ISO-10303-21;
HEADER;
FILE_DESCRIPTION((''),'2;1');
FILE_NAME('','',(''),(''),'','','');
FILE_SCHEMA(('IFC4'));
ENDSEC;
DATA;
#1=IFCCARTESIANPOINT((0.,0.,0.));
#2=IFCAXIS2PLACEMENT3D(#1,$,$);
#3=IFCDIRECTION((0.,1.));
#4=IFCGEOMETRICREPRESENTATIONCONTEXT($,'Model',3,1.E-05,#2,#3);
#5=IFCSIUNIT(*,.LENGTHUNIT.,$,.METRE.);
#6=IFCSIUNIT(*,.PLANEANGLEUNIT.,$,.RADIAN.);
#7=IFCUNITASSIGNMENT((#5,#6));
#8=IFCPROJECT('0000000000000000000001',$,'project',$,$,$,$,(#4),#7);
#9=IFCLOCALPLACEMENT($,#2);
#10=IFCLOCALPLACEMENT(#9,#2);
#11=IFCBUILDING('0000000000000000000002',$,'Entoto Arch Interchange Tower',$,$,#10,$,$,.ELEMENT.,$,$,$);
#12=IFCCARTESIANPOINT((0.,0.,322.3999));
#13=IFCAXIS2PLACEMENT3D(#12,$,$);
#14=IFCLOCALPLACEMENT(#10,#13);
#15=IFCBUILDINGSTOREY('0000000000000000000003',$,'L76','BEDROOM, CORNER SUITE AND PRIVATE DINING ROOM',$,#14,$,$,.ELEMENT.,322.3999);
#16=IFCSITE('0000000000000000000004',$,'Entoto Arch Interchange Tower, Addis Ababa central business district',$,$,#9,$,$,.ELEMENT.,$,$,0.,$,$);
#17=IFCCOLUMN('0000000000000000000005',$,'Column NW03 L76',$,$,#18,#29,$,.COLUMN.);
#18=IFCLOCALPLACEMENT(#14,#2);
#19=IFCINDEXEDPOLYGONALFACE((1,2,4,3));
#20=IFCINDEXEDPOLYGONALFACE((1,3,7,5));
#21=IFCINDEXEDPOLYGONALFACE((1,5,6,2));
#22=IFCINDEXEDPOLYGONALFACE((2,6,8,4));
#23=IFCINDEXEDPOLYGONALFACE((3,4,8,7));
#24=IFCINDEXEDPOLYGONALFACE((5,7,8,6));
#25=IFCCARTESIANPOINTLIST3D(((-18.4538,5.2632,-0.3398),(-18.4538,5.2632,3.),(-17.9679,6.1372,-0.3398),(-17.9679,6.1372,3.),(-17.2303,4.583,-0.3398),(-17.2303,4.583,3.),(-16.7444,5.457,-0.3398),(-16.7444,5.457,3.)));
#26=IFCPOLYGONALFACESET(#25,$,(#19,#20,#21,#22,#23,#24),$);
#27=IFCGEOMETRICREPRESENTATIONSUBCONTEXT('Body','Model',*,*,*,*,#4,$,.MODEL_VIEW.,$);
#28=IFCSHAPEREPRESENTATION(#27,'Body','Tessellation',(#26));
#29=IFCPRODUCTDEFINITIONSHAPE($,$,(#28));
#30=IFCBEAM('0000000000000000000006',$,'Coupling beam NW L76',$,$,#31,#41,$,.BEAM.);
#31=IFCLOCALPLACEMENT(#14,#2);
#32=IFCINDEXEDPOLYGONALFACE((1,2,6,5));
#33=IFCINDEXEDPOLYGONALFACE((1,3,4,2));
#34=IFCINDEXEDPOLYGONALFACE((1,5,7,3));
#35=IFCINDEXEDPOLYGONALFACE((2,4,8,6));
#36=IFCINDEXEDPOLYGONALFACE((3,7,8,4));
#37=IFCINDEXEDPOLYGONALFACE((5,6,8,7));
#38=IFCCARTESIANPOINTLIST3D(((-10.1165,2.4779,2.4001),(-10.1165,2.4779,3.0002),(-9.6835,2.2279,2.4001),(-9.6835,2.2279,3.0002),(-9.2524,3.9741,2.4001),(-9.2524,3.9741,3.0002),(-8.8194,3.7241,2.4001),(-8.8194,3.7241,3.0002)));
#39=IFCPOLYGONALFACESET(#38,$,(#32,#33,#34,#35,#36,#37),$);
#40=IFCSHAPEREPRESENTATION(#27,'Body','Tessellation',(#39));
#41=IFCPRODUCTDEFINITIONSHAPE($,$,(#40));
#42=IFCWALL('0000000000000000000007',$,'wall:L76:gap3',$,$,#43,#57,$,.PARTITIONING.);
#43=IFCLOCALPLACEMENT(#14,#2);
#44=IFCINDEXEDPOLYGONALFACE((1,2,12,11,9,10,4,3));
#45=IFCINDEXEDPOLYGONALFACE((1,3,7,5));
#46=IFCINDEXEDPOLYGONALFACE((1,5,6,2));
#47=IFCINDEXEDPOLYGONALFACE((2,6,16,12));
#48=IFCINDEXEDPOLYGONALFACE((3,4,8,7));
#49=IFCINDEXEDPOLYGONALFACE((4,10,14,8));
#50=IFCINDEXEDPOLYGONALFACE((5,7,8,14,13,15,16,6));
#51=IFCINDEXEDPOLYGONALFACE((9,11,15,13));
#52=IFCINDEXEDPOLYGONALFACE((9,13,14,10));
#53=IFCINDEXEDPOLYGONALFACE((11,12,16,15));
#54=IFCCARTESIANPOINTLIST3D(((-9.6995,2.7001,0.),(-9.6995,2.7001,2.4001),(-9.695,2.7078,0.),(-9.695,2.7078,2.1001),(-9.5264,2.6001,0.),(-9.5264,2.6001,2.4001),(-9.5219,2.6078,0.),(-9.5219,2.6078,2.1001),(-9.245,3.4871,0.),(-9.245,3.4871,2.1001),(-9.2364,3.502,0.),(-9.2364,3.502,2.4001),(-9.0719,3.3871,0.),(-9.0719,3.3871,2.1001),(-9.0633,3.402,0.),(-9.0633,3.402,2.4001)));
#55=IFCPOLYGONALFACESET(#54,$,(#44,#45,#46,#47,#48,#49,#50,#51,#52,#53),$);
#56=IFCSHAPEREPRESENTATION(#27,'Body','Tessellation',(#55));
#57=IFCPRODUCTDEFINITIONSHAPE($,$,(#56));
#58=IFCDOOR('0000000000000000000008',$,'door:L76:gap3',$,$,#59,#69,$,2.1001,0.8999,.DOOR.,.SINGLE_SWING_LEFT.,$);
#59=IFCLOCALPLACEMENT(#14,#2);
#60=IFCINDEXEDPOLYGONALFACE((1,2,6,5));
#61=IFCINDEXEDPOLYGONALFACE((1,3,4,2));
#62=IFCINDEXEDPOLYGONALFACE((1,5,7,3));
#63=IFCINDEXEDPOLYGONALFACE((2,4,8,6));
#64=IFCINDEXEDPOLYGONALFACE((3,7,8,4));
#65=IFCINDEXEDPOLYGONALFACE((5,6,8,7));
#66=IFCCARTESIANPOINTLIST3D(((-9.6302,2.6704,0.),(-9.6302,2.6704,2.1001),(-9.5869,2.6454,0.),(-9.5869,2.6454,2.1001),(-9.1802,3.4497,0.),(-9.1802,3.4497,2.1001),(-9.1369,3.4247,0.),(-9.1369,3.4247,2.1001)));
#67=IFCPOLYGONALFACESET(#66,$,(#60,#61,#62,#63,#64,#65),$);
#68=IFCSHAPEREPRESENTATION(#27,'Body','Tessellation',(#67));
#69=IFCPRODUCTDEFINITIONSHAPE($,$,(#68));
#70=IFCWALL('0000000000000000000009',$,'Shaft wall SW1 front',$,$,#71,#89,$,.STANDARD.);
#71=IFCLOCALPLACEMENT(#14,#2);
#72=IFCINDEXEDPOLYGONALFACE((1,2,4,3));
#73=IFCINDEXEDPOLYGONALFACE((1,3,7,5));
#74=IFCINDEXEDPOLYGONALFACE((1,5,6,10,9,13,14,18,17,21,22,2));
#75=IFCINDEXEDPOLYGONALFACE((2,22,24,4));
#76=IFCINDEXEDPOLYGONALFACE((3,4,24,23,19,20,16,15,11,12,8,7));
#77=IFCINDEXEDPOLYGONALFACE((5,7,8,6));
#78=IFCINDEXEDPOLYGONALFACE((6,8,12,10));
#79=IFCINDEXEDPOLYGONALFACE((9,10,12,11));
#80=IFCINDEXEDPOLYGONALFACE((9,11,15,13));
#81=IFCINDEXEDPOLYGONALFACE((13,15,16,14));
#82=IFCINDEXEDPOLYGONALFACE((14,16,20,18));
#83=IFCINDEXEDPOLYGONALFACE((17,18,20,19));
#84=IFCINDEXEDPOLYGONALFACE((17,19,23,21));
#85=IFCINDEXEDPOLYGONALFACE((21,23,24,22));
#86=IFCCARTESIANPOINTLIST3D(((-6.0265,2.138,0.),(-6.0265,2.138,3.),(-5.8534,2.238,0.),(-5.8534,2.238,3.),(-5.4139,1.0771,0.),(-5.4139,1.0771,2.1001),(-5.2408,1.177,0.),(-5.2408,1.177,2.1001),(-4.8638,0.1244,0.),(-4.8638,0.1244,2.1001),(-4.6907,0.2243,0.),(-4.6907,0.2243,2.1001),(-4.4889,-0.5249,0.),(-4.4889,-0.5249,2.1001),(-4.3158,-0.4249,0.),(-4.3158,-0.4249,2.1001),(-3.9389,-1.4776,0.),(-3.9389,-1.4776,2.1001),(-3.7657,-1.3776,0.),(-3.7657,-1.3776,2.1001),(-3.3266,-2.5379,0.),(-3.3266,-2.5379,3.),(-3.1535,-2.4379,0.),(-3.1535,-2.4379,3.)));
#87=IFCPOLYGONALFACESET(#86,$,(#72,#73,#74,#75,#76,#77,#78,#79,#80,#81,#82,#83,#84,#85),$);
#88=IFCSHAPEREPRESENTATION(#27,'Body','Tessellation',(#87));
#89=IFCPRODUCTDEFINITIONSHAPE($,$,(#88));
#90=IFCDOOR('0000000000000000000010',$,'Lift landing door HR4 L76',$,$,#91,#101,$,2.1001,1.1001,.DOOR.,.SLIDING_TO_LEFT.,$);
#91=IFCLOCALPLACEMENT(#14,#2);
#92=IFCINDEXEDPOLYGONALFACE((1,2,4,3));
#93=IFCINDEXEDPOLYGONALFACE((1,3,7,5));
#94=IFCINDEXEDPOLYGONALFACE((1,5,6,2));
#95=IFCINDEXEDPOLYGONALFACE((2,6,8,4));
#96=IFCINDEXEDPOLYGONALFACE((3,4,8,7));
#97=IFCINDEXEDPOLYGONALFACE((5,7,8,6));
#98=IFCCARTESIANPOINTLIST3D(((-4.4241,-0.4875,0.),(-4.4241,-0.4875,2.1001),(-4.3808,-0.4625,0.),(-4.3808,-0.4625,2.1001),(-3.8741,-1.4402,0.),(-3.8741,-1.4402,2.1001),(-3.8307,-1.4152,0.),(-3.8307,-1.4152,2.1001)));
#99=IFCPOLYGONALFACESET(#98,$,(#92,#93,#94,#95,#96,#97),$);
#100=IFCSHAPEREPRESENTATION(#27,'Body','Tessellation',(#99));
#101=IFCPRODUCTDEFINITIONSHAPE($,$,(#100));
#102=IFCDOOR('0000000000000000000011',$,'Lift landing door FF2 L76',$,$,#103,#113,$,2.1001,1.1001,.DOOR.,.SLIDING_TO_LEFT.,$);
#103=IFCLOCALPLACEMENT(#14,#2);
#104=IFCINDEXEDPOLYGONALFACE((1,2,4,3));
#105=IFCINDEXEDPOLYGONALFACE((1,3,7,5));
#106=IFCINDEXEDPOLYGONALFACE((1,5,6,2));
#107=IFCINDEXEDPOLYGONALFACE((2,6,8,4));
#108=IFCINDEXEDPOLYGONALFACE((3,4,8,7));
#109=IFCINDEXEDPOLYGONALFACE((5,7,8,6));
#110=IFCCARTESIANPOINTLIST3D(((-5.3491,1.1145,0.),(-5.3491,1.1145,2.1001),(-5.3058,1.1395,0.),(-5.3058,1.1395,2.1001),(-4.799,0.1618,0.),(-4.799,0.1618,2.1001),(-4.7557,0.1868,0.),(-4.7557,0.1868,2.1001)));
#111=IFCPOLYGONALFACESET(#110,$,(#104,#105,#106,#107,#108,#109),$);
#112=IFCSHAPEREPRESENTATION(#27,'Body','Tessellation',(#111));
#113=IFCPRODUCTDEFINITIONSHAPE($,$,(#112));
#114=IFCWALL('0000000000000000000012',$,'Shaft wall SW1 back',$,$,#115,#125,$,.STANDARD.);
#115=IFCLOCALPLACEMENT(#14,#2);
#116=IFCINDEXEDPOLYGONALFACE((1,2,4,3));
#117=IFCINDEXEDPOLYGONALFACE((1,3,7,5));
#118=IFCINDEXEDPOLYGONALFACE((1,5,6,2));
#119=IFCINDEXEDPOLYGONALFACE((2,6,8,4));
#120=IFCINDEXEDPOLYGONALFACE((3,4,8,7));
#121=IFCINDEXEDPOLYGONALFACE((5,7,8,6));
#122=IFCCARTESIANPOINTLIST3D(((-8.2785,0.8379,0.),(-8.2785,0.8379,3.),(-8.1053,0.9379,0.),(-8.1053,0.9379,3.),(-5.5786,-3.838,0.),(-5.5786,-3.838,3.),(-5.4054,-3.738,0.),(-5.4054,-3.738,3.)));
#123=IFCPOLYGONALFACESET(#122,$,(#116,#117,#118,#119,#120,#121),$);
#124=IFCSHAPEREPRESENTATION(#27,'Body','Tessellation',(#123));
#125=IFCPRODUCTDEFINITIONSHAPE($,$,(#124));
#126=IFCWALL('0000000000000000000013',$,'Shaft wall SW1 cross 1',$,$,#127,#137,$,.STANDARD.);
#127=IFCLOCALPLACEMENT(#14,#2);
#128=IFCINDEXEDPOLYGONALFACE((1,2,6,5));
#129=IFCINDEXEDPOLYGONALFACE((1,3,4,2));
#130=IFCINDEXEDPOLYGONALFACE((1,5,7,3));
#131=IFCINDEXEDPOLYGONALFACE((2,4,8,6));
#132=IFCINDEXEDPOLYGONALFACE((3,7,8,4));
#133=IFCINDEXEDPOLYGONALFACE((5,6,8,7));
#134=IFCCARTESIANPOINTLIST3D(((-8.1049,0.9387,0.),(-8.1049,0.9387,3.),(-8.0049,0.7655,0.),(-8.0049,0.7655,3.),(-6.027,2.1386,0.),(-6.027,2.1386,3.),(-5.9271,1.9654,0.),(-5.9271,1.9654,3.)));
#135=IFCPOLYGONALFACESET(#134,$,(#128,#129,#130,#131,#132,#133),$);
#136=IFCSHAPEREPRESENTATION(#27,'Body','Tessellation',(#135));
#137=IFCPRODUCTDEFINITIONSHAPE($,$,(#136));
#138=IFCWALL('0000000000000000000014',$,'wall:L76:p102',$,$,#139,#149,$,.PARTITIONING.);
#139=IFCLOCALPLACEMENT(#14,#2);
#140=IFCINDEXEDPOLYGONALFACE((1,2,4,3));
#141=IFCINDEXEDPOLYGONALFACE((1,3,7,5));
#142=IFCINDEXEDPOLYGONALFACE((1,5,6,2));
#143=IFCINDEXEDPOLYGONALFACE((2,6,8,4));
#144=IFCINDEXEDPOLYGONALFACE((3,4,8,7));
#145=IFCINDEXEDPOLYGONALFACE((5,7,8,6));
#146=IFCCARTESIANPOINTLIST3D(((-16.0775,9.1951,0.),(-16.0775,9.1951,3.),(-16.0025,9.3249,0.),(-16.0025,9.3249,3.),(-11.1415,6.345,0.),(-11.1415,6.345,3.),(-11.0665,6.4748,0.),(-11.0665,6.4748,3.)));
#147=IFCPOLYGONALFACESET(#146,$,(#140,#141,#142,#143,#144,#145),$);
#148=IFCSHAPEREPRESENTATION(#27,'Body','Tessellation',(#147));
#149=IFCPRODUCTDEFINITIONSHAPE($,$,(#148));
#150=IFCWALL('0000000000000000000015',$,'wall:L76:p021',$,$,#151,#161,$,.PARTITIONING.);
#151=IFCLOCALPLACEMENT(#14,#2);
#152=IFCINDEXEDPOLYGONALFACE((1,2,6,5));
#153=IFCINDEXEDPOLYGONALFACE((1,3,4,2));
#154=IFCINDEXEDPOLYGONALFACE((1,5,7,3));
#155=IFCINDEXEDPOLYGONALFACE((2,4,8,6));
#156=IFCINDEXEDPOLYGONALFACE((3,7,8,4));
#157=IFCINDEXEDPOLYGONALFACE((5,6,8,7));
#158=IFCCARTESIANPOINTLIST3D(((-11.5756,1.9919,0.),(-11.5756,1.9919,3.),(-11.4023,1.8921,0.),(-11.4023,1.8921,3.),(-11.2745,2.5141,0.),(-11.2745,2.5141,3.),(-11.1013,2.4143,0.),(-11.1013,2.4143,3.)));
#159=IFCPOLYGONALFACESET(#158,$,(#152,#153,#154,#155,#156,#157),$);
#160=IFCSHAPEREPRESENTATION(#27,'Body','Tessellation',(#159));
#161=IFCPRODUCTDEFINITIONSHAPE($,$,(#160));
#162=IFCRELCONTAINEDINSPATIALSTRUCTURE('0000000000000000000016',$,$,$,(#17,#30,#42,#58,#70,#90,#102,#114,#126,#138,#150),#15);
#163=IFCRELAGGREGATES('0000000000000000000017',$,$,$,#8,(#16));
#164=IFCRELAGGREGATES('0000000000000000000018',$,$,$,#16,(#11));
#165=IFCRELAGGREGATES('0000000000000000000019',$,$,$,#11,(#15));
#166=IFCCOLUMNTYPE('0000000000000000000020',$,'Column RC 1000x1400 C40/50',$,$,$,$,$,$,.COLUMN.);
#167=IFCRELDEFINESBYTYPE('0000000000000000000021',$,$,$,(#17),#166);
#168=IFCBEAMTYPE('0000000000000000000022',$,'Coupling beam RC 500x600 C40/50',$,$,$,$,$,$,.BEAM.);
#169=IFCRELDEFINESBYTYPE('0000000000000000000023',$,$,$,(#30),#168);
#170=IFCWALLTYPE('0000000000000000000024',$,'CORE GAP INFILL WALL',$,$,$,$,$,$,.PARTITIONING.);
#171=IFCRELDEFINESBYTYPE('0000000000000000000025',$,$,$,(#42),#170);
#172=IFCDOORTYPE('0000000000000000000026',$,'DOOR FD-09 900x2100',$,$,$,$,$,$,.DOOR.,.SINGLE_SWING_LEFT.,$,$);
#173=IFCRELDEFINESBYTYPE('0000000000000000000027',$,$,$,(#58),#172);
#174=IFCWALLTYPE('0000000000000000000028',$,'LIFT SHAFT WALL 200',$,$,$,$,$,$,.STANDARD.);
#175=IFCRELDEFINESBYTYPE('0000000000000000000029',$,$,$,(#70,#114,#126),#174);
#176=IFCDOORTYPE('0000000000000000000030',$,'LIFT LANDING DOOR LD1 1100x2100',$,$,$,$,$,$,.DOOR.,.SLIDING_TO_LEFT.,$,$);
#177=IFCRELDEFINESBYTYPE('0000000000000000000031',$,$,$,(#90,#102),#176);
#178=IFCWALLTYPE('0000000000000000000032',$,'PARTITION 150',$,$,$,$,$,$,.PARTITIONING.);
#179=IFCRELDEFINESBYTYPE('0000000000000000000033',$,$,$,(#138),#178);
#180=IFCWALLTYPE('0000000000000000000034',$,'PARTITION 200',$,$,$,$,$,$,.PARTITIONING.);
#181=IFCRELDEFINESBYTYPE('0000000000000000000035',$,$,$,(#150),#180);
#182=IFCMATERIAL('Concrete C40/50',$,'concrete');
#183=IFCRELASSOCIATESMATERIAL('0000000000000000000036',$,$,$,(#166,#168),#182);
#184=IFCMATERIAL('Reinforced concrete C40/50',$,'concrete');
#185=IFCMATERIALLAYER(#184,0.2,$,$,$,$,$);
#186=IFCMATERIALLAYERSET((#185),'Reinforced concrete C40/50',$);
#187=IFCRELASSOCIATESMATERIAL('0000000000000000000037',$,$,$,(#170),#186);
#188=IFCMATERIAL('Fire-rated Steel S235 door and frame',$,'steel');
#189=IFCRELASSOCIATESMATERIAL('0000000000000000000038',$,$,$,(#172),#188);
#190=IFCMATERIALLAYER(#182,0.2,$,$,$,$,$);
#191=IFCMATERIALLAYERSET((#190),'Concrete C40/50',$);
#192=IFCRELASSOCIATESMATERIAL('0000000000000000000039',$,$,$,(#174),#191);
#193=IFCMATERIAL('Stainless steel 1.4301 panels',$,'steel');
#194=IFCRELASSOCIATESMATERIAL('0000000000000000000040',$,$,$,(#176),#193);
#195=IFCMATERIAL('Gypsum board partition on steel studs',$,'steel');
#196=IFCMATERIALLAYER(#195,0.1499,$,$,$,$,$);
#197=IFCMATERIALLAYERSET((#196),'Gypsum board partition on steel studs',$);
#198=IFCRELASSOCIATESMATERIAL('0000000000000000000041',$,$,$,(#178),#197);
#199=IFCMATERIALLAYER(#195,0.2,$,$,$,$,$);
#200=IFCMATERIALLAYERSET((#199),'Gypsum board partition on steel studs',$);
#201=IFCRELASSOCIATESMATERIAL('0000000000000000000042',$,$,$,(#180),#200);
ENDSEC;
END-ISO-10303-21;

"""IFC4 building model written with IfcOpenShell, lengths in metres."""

from ifc_helpers import new_model, si_unit, direction, frame, frame_2d, origin, origin_2d, place, context, subcontext, project, spatial, rectangle, extrude, material, layer, layer_set, material_profile, profile_set, type_object, element, fill, save


model = new_model("IFC4")

# Units and contexts
model_context = context("Model", 3, precision=1e-05, world=origin(), true_north=direction((0.0, 1.0)))
body_context = subcontext(model_context, "Body", "Model", "MODEL_VIEW")
ifc_project = project(units=[si_unit("LENGTHUNIT", "METRE"), si_unit("PLANEANGLEUNIT", "RADIAN")], contexts=[model_context])

# Site, building, storey
site_placement = place(None, origin())
site = spatial("IfcSite", under=ifc_project, at=site_placement, Name="Entoto Arch Interchange Tower, Addis Ababa central business district", CompositionType="ELEMENT", RefElevation=0.0)
building_placement = place(site_placement, origin())
building = spatial("IfcBuilding", under=site, at=building_placement, Name="Entoto Arch Interchange Tower", CompositionType="ELEMENT")
storey_placement = place(building_placement, frame((0.0, 0.0, 322.3999)))
storey = spatial("IfcBuildingStorey", under=building, at=storey_placement, Name="L76", Description="BEDROOM, CORNER SUITE AND PRIVATE DINING ROOM", CompositionType="ELEMENT", Elevation=322.3999)

# Column
ifc_material_1 = material(Name="Concrete C40/50", Category="concrete")
ifc_material_profile_1 = material_profile(ifc_material_1, rectangle(XDim=1.0, YDim=1.3999, at=origin_2d()))
ifc_profile_set_1 = profile_set([ifc_material_profile_1], Name="Concrete C40/50")
column_type = type_object("IfcColumnType", Name="Column RC 1000x1400 C40/50", PredefinedType="COLUMN", material=ifc_profile_set_1)
column_placement = place(storey_placement, frame((-17.5991, 5.3601, -0.3398), z_axis=(0.0, 0.0, 1.0), x_axis=(0.485924, 0.874001, 0.0)))
element("IfcColumn", 1, at=column_placement, inside=storey, type_object=column_type, Name="Column NW03 L76", PredefinedType="COLUMN", context=body_context, shape_type="SweptSolid", body=[
    extrude(rectangle(XDim=1.0, YDim=1.3999, at=origin_2d()), origin(), (0.0, 0.0, 1.0), 3.3398),
])

# Beam
ifc_material_profile_2 = material_profile(ifc_material_1, rectangle(XDim=0.5, YDim=0.6001, at=origin_2d()))
ifc_profile_set_2 = profile_set([ifc_material_profile_2], Name="Concrete C40/50")
beam_type = type_object("IfcBeamType", Name="Coupling beam RC 500x600 C40/50", PredefinedType="BEAM", material=ifc_profile_set_2)
beam_placement = place(storey_placement, frame((-9.0359, 3.8491, 2.7002), z_axis=(-0.500106, -0.865964, 0.0), x_axis=(0.865964, -0.500106, 0.0)))
element("IfcBeam", 2, at=beam_placement, inside=storey, type_object=beam_type, Name="Coupling beam NW L76", PredefinedType="BEAM", context=body_context, shape_type="SweptSolid", body=[
    extrude(rectangle(XDim=0.5, YDim=0.6001, at=origin_2d()), origin(), (0.0, 0.0, 1.0), 1.7278),
])

# Wall, opening, door
ifc_material_2 = material(Name="Reinforced concrete C40/50", Category="concrete")
ifc_layer_1 = layer(ifc_material_2, 0.2)
ifc_layer_set_1 = layer_set([ifc_layer_1], Name="Reinforced concrete C40/50")
wall_type_1 = type_object("IfcWallType", Name="CORE GAP INFILL WALL", PredefinedType="PARTITIONING", material=ifc_layer_set_1)
wall_1_placement = place(storey_placement, frame((-9.1499, 3.4519, 0.0), z_axis=(0.0, 0.0, 1.0), x_axis=(-0.50008, -0.865979, 0.0)))
wall_1 = element("IfcWall", 3, at=wall_1_placement, inside=storey, type_object=wall_type_1, Name="wall:L76:gap3", PredefinedType="PARTITIONING", context=body_context, shape_type="SweptSolid", body=[
    extrude(rectangle(XDim=0.926, YDim=0.2, at=frame_2d((0.4629, 0.0))), origin(), (0.0, 0.0, 1.0), 2.4001),
])
opening_1_placement = place(wall_1_placement, frame((0.0171, 0.0, 0.0)))
opening_1 = element("IfcOpeningElement", 4, at=opening_1_placement, cuts=wall_1, PredefinedType="OPENING", context=body_context, shape_type="SweptSolid", body=[
    extrude(rectangle(XDim=0.8999, YDim=2.1001, at=frame_2d((0.45, 1.05))), frame((0.0, 0.1099, 0.0), z_axis=(0.0, -1.0, 0.0), x_axis=(1.0, 0.0, 0.0)), (0.0, 0.0, 1.0), 0.22),
])
ifc_material_3 = material(Name="Fire-rated Steel S235 door and frame", Category="steel")
door_type_1 = type_object("IfcDoorType", Name="DOOR FD-09 900x2100", OperationType="SINGLE_SWING_LEFT", PredefinedType="DOOR", material=ifc_material_3)
door_1_placement = place(opening_1_placement, origin())
door_1 = element("IfcDoor", 5, at=door_1_placement, inside=storey, type_object=door_type_1, Name="door:L76:gap3", OperationType="SINGLE_SWING_LEFT", OverallHeight=2.1001, OverallWidth=0.8999, PredefinedType="DOOR", context=body_context, shape_type="SweptSolid", body=[
    extrude(rectangle(XDim=0.8999, YDim=2.1001, at=frame_2d((0.45, 1.05))), frame((0.0, 0.0249, 0.0), z_axis=(0.0, -1.0, 0.0), x_axis=(1.0, 0.0, 0.0)), (0.0, 0.0, 1.0), 0.05),
])
fill(opening_1, door_1)

# Wall, openings, doors
ifc_layer_2 = layer(ifc_material_1, 0.2)
ifc_layer_set_2 = layer_set([ifc_layer_2], Name="Concrete C40/50")
wall_type_2 = type_object("IfcWallType", Name="LIFT SHAFT WALL 200", PredefinedType="STANDARD", material=ifc_layer_set_2)
wall_2_placement = place(storey_placement, frame((-5.9399, 2.188, 0.0), z_axis=(0.0, 0.0, 1.0), x_axis=(0.500034, -0.866006, 0.0)))
wall_2 = element("IfcWall", 6, at=wall_2_placement, inside=storey, type_object=wall_type_2, Name="Shaft wall SW1 front", PredefinedType="STANDARD", context=body_context, shape_type="SweptSolid", body=[
    extrude(rectangle(XDim=5.3994, YDim=0.2, at=frame_2d((2.6997, 0.0))), origin(), (0.0, 0.0, 1.0), 3.0),
])
opening_2_placement = place(wall_2_placement, frame((3.075, 0.0, 0.0)))
opening_2 = element("IfcOpeningElement", 7, at=opening_2_placement, cuts=wall_2, PredefinedType="OPENING", context=body_context, shape_type="SweptSolid", body=[
    extrude(rectangle(XDim=1.1001, YDim=2.1001, at=frame_2d((0.55, 1.05))), frame((0.0, 0.1099, 0.0), z_axis=(0.0, -1.0, 0.0), x_axis=(1.0, 0.0, 0.0)), (0.0, 0.0, 1.0), 0.22),
])
opening_3_placement = place(wall_2_placement, frame((1.2251, 0.0, 0.0)))
opening_3 = element("IfcOpeningElement", 8, at=opening_3_placement, cuts=wall_2, PredefinedType="OPENING", context=body_context, shape_type="SweptSolid", body=[
    extrude(rectangle(XDim=1.1001, YDim=2.1001, at=frame_2d((0.55, 1.05))), frame((0.0, 0.1099, 0.0), z_axis=(0.0, -1.0, 0.0), x_axis=(1.0, 0.0, 0.0)), (0.0, 0.0, 1.0), 0.22),
])
ifc_material_4 = material(Name="Stainless steel 1.4301 panels", Category="steel")
door_type_2 = type_object("IfcDoorType", Name="LIFT LANDING DOOR LD1 1100x2100", OperationType="SLIDING_TO_LEFT", PredefinedType="DOOR", material=ifc_material_4)
door_2_placement = place(opening_2_placement, origin())
door_2 = element("IfcDoor", 9, at=door_2_placement, inside=storey, type_object=door_type_2, Name="Lift landing door HR4 L76", OperationType="SLIDING_TO_LEFT", OverallHeight=2.1001, OverallWidth=1.1001, PredefinedType="DOOR", context=body_context, shape_type="SweptSolid", body=[
    extrude(rectangle(XDim=1.1001, YDim=2.1001, at=frame_2d((0.55, 1.05))), frame((0.0, 0.0249, 0.0), z_axis=(0.0, -1.0, 0.0), x_axis=(1.0, 0.0, 0.0)), (0.0, 0.0, 1.0), 0.05),
])
fill(opening_2, door_2)
door_3_placement = place(opening_3_placement, origin())
door_3 = element("IfcDoor", 10, at=door_3_placement, inside=storey, type_object=door_type_2, Name="Lift landing door FF2 L76", OperationType="SLIDING_TO_LEFT", OverallHeight=2.1001, OverallWidth=1.1001, PredefinedType="DOOR", context=body_context, shape_type="SweptSolid", body=[
    extrude(rectangle(XDim=1.1001, YDim=2.1001, at=frame_2d((0.55, 1.05))), frame((0.0, 0.0249, 0.0), z_axis=(0.0, -1.0, 0.0), x_axis=(1.0, 0.0, 0.0)), (0.0, 0.0, 1.0), 0.05),
])
fill(opening_3, door_3)

# Walls
wall_3_placement = place(storey_placement, frame((-8.1919, 0.8879, 0.0), z_axis=(0.0, 0.0, 1.0), x_axis=(0.500034, -0.866006, 0.0)))
element("IfcWall", 11, at=wall_3_placement, inside=storey, type_object=wall_type_2, Name="Shaft wall SW1 back", PredefinedType="STANDARD", context=body_context, shape_type="SweptSolid", body=[
    extrude(rectangle(XDim=5.3994, YDim=0.2, at=frame_2d((2.6997, 0.0))), origin(), (0.0, 0.0, 1.0), 3.0),
])
wall_4_placement = place(storey_placement, frame((-5.9771, 2.052, 0.0), z_axis=(0.0, 0.0, 1.0), x_axis=(-0.865974, -0.500089, 0.0)))
element("IfcWall", 12, at=wall_4_placement, inside=storey, type_object=wall_type_2, Name="Shaft wall SW1 cross 1", PredefinedType="STANDARD", context=body_context, shape_type="SweptSolid", body=[
    extrude(rectangle(XDim=2.3994, YDim=0.2, at=frame_2d((1.1997, 0.0))), origin(), (0.0, 0.0, 1.0), 3.0),
])
ifc_material_5 = material(Name="Gypsum board partition on steel studs", Category="steel")
ifc_layer_3 = layer(ifc_material_5, 0.1499)
ifc_layer_set_3 = layer_set([ifc_layer_3], Name="Gypsum board partition on steel studs")
wall_type_3 = type_object("IfcWallType", Name="PARTITION 150", PredefinedType="PARTITIONING", material=ifc_layer_set_3)
wall_5_placement = place(storey_placement, frame((-11.104, 6.4099, 0.0), z_axis=(0.0, 0.0, 1.0), x_axis=(-0.866004, 0.500036, 0.0)))
element("IfcWall", 13, at=wall_5_placement, inside=storey, type_object=wall_type_3, Name="wall:L76:p102", PredefinedType="PARTITIONING", context=body_context, shape_type="SweptSolid", body=[
    extrude(rectangle(XDim=5.6997, YDim=0.1499, at=frame_2d((2.8499, 0.0))), origin(), (0.0, 0.0, 1.0), 3.0),
])
ifc_layer_4 = layer(ifc_material_5, 0.2)
ifc_layer_set_4 = layer_set([ifc_layer_4], Name="Gypsum board partition on steel studs")
wall_type_4 = type_object("IfcWallType", Name="PARTITION 200", PredefinedType="PARTITIONING", material=ifc_layer_set_4)
wall_6_placement = place(storey_placement, frame((-11.188, 2.4641, 0.0), z_axis=(0.0, 0.0, 1.0), x_axis=(-0.499407, -0.866368, 0.0)))
element("IfcWall", 14, at=wall_6_placement, inside=storey, type_object=wall_type_4, Name="wall:L76:p021", PredefinedType="PARTITIONING", context=body_context, shape_type="SweptSolid", body=[
    extrude(rectangle(XDim=0.6028, YDim=0.2, at=frame_2d((0.3013, 0.0))), origin(), (0.0, 0.0, 1.0), 3.0),
])

save(model, "model.ifc")
